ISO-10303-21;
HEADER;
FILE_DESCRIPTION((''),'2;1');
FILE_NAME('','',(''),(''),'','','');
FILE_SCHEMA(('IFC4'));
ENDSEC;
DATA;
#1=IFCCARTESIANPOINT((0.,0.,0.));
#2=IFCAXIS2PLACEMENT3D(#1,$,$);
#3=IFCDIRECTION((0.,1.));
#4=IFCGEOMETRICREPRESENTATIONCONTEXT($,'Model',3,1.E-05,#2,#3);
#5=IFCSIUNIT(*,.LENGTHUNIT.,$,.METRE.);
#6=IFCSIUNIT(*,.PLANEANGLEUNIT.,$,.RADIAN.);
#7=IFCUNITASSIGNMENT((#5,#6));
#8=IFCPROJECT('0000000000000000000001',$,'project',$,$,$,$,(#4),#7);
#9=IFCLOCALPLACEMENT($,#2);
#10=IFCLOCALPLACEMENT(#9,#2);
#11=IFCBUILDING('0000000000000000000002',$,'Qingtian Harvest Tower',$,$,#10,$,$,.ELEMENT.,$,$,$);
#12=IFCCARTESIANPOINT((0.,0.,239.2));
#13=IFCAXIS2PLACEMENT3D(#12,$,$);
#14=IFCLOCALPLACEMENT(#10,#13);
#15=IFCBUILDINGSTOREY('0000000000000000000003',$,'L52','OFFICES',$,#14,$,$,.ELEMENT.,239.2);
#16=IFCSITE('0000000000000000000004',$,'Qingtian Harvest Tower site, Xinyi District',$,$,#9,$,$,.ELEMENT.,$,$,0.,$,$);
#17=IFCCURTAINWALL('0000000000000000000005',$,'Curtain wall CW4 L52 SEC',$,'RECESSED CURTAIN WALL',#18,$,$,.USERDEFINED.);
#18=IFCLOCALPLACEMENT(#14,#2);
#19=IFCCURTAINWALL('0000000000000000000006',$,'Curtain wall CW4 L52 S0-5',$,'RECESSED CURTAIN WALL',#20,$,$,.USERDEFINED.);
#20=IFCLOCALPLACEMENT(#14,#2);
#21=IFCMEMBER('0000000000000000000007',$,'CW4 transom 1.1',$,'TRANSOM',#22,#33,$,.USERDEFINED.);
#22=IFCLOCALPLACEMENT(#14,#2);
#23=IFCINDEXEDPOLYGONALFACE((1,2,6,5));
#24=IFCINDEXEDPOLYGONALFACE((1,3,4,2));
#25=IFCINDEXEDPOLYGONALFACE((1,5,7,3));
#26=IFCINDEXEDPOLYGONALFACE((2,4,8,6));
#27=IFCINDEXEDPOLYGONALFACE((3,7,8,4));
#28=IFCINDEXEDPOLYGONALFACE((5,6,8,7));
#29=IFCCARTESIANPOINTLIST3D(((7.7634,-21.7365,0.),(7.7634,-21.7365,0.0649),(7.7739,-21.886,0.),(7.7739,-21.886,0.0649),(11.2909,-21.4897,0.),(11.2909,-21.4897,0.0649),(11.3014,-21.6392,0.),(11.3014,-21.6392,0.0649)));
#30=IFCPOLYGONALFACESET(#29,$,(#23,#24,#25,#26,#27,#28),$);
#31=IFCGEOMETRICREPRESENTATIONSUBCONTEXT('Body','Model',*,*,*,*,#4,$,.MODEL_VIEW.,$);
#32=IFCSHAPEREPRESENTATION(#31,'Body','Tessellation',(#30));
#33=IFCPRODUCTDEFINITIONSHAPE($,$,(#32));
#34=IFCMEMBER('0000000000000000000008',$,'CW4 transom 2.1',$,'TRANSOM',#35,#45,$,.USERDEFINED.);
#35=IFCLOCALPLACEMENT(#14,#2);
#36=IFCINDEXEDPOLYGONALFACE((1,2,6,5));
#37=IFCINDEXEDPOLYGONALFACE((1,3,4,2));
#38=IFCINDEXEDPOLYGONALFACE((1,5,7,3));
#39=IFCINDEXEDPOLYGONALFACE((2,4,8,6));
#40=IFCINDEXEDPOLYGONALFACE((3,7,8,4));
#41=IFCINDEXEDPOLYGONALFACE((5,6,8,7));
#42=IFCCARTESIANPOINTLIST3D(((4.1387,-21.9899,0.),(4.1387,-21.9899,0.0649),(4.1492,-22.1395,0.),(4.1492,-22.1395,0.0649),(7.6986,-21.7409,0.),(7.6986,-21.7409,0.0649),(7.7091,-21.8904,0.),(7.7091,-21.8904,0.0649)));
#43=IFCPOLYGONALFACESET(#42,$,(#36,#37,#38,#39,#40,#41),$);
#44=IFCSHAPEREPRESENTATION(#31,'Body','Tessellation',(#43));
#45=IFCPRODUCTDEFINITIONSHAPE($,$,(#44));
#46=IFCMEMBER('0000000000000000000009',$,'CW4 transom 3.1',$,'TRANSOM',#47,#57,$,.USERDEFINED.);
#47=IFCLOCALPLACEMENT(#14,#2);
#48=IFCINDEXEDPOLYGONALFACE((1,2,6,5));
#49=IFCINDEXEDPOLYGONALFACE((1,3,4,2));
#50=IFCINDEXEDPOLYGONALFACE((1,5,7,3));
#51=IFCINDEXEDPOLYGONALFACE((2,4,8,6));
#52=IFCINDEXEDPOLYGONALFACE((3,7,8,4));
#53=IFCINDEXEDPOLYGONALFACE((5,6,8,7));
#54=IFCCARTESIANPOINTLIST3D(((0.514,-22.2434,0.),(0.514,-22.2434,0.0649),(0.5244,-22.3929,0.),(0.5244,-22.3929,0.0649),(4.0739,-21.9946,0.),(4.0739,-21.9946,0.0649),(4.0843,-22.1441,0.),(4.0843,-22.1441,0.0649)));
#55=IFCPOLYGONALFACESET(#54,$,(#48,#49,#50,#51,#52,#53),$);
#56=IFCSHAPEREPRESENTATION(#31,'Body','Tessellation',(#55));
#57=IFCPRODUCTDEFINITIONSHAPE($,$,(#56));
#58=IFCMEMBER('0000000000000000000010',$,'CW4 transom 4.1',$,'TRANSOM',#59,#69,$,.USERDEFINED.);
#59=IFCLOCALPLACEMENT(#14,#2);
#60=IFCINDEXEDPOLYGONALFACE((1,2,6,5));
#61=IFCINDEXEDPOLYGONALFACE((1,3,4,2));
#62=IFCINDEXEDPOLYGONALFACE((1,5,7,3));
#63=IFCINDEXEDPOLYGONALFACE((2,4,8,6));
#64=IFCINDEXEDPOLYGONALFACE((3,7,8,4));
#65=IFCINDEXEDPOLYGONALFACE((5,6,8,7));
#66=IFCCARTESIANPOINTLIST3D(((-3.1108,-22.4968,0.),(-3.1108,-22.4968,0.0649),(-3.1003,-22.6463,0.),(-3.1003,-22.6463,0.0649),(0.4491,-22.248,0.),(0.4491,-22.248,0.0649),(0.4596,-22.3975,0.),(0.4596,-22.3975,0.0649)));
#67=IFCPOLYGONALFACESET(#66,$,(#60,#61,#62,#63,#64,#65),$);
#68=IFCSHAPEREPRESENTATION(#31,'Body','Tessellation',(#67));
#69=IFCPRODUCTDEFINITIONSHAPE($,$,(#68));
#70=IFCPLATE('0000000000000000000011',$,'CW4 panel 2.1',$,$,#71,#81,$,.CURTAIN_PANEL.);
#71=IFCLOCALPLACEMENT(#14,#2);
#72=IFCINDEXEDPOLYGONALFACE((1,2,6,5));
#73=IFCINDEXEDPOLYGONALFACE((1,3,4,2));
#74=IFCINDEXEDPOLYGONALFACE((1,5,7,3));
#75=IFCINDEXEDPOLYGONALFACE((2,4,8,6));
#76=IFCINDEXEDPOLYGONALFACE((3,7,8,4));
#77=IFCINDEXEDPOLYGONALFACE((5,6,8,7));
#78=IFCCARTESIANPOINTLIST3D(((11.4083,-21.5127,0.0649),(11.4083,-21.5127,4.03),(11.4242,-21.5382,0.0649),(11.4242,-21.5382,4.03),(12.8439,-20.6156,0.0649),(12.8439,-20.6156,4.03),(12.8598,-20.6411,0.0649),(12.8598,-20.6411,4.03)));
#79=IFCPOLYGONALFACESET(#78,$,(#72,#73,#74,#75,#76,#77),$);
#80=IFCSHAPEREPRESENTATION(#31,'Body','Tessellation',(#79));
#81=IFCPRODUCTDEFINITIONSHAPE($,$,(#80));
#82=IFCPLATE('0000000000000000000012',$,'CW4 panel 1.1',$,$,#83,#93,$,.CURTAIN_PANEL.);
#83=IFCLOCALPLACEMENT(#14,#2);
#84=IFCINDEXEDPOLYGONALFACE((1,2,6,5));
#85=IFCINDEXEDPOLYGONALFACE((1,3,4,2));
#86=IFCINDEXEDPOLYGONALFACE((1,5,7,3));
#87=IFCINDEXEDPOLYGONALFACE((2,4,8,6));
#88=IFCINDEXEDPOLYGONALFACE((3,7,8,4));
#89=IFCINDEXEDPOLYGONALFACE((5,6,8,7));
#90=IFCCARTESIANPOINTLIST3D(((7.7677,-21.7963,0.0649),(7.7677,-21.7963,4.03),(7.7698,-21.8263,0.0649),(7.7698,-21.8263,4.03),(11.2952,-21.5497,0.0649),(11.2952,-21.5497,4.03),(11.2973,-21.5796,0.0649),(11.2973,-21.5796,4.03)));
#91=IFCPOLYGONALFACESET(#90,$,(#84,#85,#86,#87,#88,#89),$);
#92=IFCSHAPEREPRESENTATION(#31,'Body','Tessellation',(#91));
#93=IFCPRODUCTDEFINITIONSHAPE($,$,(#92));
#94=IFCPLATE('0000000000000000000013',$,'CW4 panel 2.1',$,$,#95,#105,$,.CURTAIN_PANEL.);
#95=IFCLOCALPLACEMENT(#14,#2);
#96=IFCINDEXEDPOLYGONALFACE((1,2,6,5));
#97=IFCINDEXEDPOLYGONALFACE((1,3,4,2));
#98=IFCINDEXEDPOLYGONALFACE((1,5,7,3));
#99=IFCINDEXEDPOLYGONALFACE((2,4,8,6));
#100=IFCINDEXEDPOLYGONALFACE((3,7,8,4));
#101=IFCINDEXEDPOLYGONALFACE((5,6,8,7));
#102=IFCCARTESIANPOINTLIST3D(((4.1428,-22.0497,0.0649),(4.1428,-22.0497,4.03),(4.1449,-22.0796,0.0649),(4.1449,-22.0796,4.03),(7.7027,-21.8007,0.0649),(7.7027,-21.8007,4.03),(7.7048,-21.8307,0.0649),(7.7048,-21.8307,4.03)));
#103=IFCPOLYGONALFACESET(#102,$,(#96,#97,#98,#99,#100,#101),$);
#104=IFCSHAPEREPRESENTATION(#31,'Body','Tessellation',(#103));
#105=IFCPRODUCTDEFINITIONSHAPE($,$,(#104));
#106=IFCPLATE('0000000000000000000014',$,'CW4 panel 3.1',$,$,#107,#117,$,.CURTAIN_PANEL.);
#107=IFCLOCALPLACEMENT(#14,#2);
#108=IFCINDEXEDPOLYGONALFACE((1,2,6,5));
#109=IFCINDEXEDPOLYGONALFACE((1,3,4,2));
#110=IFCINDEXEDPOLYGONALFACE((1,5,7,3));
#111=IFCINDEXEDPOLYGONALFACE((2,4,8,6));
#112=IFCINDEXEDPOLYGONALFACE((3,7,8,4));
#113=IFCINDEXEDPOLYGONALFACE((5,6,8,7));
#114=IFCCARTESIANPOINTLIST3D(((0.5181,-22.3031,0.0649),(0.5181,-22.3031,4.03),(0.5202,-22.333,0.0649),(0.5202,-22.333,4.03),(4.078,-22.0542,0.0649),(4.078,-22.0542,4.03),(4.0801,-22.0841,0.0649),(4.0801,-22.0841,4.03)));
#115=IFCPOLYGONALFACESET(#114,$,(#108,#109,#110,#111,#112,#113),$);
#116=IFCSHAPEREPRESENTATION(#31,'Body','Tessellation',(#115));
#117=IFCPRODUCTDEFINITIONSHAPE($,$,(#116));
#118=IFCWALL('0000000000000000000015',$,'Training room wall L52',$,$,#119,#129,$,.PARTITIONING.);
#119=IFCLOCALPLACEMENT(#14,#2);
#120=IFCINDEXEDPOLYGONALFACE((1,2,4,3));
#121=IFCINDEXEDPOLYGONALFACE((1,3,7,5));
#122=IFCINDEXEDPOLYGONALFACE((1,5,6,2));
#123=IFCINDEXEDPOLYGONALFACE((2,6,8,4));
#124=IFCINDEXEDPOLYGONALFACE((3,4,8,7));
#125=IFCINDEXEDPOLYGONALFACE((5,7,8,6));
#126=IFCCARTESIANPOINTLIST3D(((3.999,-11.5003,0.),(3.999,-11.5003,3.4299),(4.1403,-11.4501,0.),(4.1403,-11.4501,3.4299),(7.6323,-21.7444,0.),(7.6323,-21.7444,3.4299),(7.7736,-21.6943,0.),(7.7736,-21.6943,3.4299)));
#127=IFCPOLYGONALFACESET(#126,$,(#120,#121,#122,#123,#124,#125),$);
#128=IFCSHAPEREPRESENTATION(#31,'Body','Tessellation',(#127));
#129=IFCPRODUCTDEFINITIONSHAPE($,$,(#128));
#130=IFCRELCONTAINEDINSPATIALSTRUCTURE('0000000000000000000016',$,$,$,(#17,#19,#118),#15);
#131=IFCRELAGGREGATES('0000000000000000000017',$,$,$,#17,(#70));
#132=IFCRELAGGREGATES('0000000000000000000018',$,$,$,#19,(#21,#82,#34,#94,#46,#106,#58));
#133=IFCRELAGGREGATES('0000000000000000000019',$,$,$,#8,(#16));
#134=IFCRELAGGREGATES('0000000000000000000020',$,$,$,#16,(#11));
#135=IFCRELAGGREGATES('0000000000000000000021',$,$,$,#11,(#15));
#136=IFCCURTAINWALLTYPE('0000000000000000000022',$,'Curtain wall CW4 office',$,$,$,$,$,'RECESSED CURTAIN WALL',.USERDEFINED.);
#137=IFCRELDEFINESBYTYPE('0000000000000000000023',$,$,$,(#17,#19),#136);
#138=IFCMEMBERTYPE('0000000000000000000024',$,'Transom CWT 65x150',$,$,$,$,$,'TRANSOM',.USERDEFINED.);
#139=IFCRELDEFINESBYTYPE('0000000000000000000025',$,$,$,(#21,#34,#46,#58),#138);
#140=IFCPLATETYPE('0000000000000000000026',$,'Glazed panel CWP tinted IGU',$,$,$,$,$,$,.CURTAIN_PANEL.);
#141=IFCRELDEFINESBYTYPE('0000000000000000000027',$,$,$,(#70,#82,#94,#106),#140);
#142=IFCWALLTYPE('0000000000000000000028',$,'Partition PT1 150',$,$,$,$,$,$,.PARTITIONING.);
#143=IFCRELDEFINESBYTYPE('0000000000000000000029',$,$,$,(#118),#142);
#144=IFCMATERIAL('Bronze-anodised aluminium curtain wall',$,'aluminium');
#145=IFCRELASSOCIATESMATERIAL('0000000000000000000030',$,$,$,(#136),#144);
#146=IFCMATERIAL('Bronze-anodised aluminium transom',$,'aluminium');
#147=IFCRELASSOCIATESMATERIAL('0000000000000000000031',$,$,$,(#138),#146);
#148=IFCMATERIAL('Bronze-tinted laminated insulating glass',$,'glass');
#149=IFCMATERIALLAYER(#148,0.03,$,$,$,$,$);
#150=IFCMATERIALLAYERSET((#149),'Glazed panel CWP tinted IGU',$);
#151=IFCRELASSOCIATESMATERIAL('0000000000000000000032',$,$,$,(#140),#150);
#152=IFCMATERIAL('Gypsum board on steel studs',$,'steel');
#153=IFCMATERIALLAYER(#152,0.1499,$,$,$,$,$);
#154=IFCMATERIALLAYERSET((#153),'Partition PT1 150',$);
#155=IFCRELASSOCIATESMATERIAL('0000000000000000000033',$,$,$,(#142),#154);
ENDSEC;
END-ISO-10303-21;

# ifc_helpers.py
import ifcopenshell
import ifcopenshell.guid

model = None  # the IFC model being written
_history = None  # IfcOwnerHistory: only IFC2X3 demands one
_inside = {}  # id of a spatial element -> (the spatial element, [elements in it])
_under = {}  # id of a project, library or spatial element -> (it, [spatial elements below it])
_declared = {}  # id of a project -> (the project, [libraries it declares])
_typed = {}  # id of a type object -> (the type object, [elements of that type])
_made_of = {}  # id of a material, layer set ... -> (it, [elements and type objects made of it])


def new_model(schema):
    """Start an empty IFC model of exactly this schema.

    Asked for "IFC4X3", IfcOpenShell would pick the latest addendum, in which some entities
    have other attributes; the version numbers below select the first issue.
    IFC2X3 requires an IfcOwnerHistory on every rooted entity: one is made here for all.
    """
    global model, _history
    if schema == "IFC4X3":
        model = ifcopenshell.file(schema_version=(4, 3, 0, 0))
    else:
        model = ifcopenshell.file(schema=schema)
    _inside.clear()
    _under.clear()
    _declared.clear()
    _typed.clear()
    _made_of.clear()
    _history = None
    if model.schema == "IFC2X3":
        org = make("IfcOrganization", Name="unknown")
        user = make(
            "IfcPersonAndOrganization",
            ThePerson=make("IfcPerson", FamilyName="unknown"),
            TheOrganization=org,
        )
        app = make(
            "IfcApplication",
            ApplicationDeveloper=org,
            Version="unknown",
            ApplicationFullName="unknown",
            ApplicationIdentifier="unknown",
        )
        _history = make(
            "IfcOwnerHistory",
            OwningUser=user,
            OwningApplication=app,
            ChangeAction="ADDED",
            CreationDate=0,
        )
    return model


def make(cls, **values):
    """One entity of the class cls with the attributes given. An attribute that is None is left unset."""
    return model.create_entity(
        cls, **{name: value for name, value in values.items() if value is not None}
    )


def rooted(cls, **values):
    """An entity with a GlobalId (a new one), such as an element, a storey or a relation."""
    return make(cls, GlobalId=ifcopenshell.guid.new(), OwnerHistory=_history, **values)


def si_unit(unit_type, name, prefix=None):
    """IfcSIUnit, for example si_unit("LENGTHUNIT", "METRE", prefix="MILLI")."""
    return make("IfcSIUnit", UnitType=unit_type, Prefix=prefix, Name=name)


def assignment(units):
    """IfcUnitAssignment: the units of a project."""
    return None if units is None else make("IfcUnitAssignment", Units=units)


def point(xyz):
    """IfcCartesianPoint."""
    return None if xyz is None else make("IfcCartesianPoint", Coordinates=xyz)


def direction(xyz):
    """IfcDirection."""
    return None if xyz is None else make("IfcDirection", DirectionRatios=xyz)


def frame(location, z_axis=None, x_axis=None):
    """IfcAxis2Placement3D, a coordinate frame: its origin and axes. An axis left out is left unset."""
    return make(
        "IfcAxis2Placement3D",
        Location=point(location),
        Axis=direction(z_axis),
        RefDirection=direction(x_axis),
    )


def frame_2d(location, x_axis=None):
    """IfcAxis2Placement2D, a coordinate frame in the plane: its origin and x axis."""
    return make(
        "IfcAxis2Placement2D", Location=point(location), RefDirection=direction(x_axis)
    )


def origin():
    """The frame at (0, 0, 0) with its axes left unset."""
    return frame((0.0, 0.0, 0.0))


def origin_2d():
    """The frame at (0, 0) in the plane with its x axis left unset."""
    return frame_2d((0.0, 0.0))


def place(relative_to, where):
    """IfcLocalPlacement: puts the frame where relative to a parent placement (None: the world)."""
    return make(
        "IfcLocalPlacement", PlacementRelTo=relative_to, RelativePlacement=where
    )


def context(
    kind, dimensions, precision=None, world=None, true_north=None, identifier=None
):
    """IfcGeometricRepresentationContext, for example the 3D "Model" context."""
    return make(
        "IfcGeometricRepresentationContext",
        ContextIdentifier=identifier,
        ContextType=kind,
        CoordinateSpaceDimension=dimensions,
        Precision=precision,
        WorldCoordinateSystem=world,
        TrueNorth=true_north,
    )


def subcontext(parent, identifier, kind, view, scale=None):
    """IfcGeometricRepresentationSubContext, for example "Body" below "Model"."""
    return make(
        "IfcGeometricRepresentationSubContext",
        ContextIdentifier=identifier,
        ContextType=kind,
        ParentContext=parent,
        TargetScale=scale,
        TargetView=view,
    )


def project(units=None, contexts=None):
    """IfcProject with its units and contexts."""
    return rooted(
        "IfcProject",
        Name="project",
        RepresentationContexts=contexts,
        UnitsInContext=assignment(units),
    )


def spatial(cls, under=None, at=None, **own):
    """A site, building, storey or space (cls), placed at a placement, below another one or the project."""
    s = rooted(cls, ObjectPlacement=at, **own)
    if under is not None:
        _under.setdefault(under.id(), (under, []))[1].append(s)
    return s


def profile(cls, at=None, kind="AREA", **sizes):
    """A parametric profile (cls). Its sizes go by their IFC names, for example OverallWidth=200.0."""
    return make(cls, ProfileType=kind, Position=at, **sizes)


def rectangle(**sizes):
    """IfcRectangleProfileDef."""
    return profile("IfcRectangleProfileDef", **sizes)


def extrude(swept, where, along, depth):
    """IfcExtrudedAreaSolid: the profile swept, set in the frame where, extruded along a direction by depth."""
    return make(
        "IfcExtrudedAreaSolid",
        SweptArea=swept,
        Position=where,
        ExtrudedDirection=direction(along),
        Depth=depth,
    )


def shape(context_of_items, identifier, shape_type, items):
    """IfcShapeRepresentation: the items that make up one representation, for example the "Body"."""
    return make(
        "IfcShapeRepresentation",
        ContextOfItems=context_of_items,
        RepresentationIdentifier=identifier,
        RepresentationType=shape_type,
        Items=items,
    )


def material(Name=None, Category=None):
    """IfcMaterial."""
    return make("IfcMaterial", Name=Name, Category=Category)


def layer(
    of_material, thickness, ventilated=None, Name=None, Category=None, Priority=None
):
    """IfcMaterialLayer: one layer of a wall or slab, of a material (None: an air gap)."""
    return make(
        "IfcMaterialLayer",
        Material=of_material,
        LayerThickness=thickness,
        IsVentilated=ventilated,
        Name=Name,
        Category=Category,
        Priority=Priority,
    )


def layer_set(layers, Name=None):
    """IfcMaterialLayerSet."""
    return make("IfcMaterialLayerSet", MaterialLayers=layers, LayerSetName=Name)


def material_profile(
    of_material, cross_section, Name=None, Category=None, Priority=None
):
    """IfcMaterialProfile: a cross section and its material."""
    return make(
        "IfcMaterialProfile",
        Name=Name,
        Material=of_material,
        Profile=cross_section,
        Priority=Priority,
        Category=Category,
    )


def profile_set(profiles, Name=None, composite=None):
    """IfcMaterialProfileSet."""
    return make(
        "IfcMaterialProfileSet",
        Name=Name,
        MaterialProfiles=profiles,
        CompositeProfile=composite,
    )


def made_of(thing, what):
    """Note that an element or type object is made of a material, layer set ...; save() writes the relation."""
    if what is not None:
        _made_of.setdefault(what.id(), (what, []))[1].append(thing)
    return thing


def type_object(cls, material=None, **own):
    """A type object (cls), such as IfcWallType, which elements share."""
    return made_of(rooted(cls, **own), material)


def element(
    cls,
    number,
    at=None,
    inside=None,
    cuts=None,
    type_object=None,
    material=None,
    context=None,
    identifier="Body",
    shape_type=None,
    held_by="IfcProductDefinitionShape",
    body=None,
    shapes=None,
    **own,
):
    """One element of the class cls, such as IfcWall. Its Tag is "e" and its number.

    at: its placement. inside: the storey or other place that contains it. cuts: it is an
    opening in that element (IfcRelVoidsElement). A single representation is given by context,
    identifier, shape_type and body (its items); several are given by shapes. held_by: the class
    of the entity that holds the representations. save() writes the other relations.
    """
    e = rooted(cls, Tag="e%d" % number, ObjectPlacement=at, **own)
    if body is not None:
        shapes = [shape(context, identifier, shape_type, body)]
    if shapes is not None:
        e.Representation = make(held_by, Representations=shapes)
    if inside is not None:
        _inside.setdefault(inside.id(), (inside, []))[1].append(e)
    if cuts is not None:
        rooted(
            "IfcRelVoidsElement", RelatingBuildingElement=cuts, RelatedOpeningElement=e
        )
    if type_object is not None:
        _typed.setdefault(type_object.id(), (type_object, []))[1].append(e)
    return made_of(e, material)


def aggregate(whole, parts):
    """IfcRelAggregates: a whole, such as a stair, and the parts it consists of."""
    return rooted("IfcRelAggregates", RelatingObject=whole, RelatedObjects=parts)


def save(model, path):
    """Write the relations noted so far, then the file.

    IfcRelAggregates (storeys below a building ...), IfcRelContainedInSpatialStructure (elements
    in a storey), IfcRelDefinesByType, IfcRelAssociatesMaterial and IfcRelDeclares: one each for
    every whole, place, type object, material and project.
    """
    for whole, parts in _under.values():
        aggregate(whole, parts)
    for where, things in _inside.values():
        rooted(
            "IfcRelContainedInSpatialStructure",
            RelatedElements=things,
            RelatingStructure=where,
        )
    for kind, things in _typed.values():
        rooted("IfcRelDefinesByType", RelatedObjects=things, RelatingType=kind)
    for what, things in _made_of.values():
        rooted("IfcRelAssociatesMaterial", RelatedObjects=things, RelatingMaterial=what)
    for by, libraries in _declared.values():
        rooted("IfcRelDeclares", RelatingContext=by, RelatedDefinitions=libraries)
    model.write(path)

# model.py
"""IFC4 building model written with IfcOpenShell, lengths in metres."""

from ifc_helpers import new_model, si_unit, direction, frame, frame_2d, origin, origin_2d, place, context, subcontext, project, spatial, rectangle, extrude, material, layer, layer_set, material_profile, profile_set, type_object, element, aggregate, save


model = new_model("IFC4")

# Units and contexts
model_context = context("Model", 3, precision=1e-05, world=origin(), true_north=direction((0.0, 1.0)))
body_context = subcontext(model_context, "Body", "Model", "MODEL_VIEW")
ifc_project = project(units=[si_unit("LENGTHUNIT", "METRE"), si_unit("PLANEANGLEUNIT", "RADIAN")], contexts=[model_context])

# Site, building, storey
site_placement = place(None, origin())
site = spatial("IfcSite", under=ifc_project, at=site_placement, Name="Qingtian Harvest Tower site, Xinyi District", CompositionType="ELEMENT", RefElevation=0.0)
building_placement = place(site_placement, origin())
building = spatial("IfcBuilding", under=site, at=building_placement, Name="Qingtian Harvest Tower", CompositionType="ELEMENT")
storey_placement = place(building_placement, frame((0.0, 0.0, 239.2)))
storey = spatial("IfcBuildingStorey", under=building, at=storey_placement, Name="L52", Description="OFFICES", CompositionType="ELEMENT", Elevation=239.2)

# Curtain wall
ifc_material_1 = material(Name="Bronze-anodised aluminium curtain wall", Category="aluminium")
curtain_wall_type = type_object("IfcCurtainWallType", Name="Curtain wall CW4 office", ElementType="RECESSED CURTAIN WALL", PredefinedType="USERDEFINED", material=ifc_material_1)
curtain_wall_1_placement = place(storey_placement, origin())
curtain_wall_1 = element("IfcCurtainWall", 1, at=curtain_wall_1_placement, inside=storey, type_object=curtain_wall_type, Name="Curtain wall CW4 L52 SEC", ObjectType="RECESSED CURTAIN WALL", PredefinedType="USERDEFINED")

# Curtain wall
curtain_wall_2_placement = place(storey_placement, origin())
curtain_wall_2 = element("IfcCurtainWall", 2, at=curtain_wall_2_placement, inside=storey, type_object=curtain_wall_type, Name="Curtain wall CW4 L52 S0-5", ObjectType="RECESSED CURTAIN WALL", PredefinedType="USERDEFINED")

# Members
ifc_material_2 = material(Name="Bronze-anodised aluminium transom", Category="aluminium")
ifc_material_profile_1 = material_profile(ifc_material_2, rectangle(XDim=0.1499, YDim=0.0649, at=origin_2d()), Name="AL 65x150")
ifc_profile_set_1 = profile_set([ifc_material_profile_1], Name="Bronze-anodised aluminium transom")
member_type_1 = type_object("IfcMemberType", Name="Transom CWT 65x150", ElementType="TRANSOM", PredefinedType="USERDEFINED", material=ifc_profile_set_1)
member_1_placement = place(storey_placement, frame((11.2961, -21.5645, 0.0325), z_axis=(-0.997561, -0.0698, 0.0), x_axis=(0.0698, -0.997561, 0.0)))
member_1 = element("IfcMember", 3, at=member_1_placement, type_object=member_type_1, Name="CW4 transom 1.1", ObjectType="TRANSOM", PredefinedType="USERDEFINED", context=body_context, shape_type="SweptSolid", body=[
    extrude(rectangle(XDim=0.1499, YDim=0.0649, at=origin_2d()), origin(), (0.0, 0.0, 1.0), 3.5361),
])
member_2_placement = place(storey_placement, frame((7.7039, -21.8157, 0.0325), z_axis=(-0.997562, -0.069784, 0.0), x_axis=(0.069784, -0.997562, 0.0)))
member_2 = element("IfcMember", 4, at=member_2_placement, type_object=member_type_1, Name="CW4 transom 2.1", ObjectType="TRANSOM", PredefinedType="USERDEFINED", context=body_context, shape_type="SweptSolid", body=[
    extrude(rectangle(XDim=0.1499, YDim=0.0649, at=origin_2d()), origin(), (0.0, 0.0, 1.0), 3.5686),
])
member_3_placement = place(storey_placement, frame((4.0791, -22.0693, 0.0325), z_axis=(-0.997567, -0.069715, 0.0), x_axis=(0.069715, -0.997567, 0.0)))
member_3 = element("IfcMember", 5, at=member_3_placement, type_object=member_type_1, Name="CW4 transom 3.1", ObjectType="TRANSOM", PredefinedType="USERDEFINED", context=body_context, shape_type="SweptSolid", body=[
    extrude(rectangle(XDim=0.1499, YDim=0.0649, at=origin_2d()), origin(), (0.0, 0.0, 1.0), 3.5686),
])
member_4_placement = place(storey_placement, frame((0.4543, -22.3228, 0.0325), z_axis=(-0.997567, -0.069715, 0.0), x_axis=(0.069715, -0.997567, 0.0)))
member_4 = element("IfcMember", 6, at=member_4_placement, type_object=member_type_1, Name="CW4 transom 4.1", ObjectType="TRANSOM", PredefinedType="USERDEFINED", context=body_context, shape_type="SweptSolid", body=[
    extrude(rectangle(XDim=0.1499, YDim=0.0649, at=origin_2d()), origin(), (0.0, 0.0, 1.0), 3.5686),
])

# Plates
ifc_material_3 = material(Name="Bronze-tinted laminated insulating glass", Category="glass")
ifc_layer_1 = layer(ifc_material_3, 0.03)
ifc_layer_set_1 = layer_set([ifc_layer_1], Name="Glazed panel CWP tinted IGU")
plate_type = type_object("IfcPlateType", Name="Glazed panel CWP tinted IGU", PredefinedType="CURTAIN_PANEL", material=ifc_layer_set_1)
plate_1_placement = place(storey_placement, frame((12.134, -21.0769, 0.0649), z_axis=(0.0, 0.0, 1.0), x_axis=(-0.848048, -0.529919, 0.0)))
plate_1 = element("IfcPlate", 7, at=plate_1_placement, type_object=plate_type, Name="CW4 panel 2.1", PredefinedType="CURTAIN_PANEL", context=body_context, shape_type="SweptSolid", body=[
    extrude(rectangle(XDim=1.6929, YDim=0.03, at=origin_2d()), origin(), (0.0, 0.0, 1.0), 3.9651),
])
aggregate(curtain_wall_1, [plate_1])
plate_2_placement = place(storey_placement, frame((9.5325, -21.688, 0.0649), z_axis=(0.0, 0.0, 1.0), x_axis=(-0.997564, -0.069756, 0.0)))
plate_2 = element("IfcPlate", 8, at=plate_2_placement, type_object=plate_type, Name="CW4 panel 1.1", PredefinedType="CURTAIN_PANEL", context=body_context, shape_type="SweptSolid", body=[
    extrude(rectangle(XDim=3.5361, YDim=0.03, at=origin_2d()), origin(), (0.0, 0.0, 1.0), 3.9651),
])
plate_3_placement = place(storey_placement, frame((5.9238, -21.9402, 0.0649), z_axis=(0.0, 0.0, 1.0), x_axis=(-0.997564, -0.069756, 0.0)))
plate_3 = element("IfcPlate", 9, at=plate_3_placement, type_object=plate_type, Name="CW4 panel 2.1", PredefinedType="CURTAIN_PANEL", context=body_context, shape_type="SweptSolid", body=[
    extrude(rectangle(XDim=3.5686, YDim=0.03, at=origin_2d()), origin(), (0.0, 0.0, 1.0), 3.9651),
])
plate_4_placement = place(storey_placement, frame((2.2991, -22.1936, 0.0649), z_axis=(0.0, 0.0, 1.0), x_axis=(-0.997564, -0.069756, 0.0)))
plate_4 = element("IfcPlate", 10, at=plate_4_placement, type_object=plate_type, Name="CW4 panel 3.1", PredefinedType="CURTAIN_PANEL", context=body_context, shape_type="SweptSolid", body=[
    extrude(rectangle(XDim=3.5686, YDim=0.03, at=origin_2d()), origin(), (0.0, 0.0, 1.0), 3.9651),
])
aggregate(curtain_wall_2, [member_1, plate_2, member_2, plate_3, member_3, plate_4, member_4])

# Wall
ifc_material_4 = material(Name="Gypsum board on steel studs", Category="steel")
ifc_layer_2 = layer(ifc_material_4, 0.1499)
ifc_layer_set_2 = layer_set([ifc_layer_2], Name="Partition PT1 150")
wall_type = type_object("IfcWallType", Name="Partition PT1 150", PredefinedType="PARTITIONING", material=ifc_layer_set_2)
wall_1_placement = place(storey_placement, frame((7.7029, -21.7192, 0.0), z_axis=(0.0, 0.0, 1.0), x_axis=(-0.33427, 0.942478, 0.0)))
element("IfcWall", 11, at=wall_1_placement, inside=storey, type_object=wall_type, Name="Training room wall L52", PredefinedType="PARTITIONING", context=body_context, shape_type="SweptSolid", body=[
    extrude(rectangle(XDim=10.8694, YDim=0.1499, at=frame_2d((5.4346, 0.0))), origin(), (0.0, 0.0, 1.0), 3.4299),
])

save(model, "model.ifc")
